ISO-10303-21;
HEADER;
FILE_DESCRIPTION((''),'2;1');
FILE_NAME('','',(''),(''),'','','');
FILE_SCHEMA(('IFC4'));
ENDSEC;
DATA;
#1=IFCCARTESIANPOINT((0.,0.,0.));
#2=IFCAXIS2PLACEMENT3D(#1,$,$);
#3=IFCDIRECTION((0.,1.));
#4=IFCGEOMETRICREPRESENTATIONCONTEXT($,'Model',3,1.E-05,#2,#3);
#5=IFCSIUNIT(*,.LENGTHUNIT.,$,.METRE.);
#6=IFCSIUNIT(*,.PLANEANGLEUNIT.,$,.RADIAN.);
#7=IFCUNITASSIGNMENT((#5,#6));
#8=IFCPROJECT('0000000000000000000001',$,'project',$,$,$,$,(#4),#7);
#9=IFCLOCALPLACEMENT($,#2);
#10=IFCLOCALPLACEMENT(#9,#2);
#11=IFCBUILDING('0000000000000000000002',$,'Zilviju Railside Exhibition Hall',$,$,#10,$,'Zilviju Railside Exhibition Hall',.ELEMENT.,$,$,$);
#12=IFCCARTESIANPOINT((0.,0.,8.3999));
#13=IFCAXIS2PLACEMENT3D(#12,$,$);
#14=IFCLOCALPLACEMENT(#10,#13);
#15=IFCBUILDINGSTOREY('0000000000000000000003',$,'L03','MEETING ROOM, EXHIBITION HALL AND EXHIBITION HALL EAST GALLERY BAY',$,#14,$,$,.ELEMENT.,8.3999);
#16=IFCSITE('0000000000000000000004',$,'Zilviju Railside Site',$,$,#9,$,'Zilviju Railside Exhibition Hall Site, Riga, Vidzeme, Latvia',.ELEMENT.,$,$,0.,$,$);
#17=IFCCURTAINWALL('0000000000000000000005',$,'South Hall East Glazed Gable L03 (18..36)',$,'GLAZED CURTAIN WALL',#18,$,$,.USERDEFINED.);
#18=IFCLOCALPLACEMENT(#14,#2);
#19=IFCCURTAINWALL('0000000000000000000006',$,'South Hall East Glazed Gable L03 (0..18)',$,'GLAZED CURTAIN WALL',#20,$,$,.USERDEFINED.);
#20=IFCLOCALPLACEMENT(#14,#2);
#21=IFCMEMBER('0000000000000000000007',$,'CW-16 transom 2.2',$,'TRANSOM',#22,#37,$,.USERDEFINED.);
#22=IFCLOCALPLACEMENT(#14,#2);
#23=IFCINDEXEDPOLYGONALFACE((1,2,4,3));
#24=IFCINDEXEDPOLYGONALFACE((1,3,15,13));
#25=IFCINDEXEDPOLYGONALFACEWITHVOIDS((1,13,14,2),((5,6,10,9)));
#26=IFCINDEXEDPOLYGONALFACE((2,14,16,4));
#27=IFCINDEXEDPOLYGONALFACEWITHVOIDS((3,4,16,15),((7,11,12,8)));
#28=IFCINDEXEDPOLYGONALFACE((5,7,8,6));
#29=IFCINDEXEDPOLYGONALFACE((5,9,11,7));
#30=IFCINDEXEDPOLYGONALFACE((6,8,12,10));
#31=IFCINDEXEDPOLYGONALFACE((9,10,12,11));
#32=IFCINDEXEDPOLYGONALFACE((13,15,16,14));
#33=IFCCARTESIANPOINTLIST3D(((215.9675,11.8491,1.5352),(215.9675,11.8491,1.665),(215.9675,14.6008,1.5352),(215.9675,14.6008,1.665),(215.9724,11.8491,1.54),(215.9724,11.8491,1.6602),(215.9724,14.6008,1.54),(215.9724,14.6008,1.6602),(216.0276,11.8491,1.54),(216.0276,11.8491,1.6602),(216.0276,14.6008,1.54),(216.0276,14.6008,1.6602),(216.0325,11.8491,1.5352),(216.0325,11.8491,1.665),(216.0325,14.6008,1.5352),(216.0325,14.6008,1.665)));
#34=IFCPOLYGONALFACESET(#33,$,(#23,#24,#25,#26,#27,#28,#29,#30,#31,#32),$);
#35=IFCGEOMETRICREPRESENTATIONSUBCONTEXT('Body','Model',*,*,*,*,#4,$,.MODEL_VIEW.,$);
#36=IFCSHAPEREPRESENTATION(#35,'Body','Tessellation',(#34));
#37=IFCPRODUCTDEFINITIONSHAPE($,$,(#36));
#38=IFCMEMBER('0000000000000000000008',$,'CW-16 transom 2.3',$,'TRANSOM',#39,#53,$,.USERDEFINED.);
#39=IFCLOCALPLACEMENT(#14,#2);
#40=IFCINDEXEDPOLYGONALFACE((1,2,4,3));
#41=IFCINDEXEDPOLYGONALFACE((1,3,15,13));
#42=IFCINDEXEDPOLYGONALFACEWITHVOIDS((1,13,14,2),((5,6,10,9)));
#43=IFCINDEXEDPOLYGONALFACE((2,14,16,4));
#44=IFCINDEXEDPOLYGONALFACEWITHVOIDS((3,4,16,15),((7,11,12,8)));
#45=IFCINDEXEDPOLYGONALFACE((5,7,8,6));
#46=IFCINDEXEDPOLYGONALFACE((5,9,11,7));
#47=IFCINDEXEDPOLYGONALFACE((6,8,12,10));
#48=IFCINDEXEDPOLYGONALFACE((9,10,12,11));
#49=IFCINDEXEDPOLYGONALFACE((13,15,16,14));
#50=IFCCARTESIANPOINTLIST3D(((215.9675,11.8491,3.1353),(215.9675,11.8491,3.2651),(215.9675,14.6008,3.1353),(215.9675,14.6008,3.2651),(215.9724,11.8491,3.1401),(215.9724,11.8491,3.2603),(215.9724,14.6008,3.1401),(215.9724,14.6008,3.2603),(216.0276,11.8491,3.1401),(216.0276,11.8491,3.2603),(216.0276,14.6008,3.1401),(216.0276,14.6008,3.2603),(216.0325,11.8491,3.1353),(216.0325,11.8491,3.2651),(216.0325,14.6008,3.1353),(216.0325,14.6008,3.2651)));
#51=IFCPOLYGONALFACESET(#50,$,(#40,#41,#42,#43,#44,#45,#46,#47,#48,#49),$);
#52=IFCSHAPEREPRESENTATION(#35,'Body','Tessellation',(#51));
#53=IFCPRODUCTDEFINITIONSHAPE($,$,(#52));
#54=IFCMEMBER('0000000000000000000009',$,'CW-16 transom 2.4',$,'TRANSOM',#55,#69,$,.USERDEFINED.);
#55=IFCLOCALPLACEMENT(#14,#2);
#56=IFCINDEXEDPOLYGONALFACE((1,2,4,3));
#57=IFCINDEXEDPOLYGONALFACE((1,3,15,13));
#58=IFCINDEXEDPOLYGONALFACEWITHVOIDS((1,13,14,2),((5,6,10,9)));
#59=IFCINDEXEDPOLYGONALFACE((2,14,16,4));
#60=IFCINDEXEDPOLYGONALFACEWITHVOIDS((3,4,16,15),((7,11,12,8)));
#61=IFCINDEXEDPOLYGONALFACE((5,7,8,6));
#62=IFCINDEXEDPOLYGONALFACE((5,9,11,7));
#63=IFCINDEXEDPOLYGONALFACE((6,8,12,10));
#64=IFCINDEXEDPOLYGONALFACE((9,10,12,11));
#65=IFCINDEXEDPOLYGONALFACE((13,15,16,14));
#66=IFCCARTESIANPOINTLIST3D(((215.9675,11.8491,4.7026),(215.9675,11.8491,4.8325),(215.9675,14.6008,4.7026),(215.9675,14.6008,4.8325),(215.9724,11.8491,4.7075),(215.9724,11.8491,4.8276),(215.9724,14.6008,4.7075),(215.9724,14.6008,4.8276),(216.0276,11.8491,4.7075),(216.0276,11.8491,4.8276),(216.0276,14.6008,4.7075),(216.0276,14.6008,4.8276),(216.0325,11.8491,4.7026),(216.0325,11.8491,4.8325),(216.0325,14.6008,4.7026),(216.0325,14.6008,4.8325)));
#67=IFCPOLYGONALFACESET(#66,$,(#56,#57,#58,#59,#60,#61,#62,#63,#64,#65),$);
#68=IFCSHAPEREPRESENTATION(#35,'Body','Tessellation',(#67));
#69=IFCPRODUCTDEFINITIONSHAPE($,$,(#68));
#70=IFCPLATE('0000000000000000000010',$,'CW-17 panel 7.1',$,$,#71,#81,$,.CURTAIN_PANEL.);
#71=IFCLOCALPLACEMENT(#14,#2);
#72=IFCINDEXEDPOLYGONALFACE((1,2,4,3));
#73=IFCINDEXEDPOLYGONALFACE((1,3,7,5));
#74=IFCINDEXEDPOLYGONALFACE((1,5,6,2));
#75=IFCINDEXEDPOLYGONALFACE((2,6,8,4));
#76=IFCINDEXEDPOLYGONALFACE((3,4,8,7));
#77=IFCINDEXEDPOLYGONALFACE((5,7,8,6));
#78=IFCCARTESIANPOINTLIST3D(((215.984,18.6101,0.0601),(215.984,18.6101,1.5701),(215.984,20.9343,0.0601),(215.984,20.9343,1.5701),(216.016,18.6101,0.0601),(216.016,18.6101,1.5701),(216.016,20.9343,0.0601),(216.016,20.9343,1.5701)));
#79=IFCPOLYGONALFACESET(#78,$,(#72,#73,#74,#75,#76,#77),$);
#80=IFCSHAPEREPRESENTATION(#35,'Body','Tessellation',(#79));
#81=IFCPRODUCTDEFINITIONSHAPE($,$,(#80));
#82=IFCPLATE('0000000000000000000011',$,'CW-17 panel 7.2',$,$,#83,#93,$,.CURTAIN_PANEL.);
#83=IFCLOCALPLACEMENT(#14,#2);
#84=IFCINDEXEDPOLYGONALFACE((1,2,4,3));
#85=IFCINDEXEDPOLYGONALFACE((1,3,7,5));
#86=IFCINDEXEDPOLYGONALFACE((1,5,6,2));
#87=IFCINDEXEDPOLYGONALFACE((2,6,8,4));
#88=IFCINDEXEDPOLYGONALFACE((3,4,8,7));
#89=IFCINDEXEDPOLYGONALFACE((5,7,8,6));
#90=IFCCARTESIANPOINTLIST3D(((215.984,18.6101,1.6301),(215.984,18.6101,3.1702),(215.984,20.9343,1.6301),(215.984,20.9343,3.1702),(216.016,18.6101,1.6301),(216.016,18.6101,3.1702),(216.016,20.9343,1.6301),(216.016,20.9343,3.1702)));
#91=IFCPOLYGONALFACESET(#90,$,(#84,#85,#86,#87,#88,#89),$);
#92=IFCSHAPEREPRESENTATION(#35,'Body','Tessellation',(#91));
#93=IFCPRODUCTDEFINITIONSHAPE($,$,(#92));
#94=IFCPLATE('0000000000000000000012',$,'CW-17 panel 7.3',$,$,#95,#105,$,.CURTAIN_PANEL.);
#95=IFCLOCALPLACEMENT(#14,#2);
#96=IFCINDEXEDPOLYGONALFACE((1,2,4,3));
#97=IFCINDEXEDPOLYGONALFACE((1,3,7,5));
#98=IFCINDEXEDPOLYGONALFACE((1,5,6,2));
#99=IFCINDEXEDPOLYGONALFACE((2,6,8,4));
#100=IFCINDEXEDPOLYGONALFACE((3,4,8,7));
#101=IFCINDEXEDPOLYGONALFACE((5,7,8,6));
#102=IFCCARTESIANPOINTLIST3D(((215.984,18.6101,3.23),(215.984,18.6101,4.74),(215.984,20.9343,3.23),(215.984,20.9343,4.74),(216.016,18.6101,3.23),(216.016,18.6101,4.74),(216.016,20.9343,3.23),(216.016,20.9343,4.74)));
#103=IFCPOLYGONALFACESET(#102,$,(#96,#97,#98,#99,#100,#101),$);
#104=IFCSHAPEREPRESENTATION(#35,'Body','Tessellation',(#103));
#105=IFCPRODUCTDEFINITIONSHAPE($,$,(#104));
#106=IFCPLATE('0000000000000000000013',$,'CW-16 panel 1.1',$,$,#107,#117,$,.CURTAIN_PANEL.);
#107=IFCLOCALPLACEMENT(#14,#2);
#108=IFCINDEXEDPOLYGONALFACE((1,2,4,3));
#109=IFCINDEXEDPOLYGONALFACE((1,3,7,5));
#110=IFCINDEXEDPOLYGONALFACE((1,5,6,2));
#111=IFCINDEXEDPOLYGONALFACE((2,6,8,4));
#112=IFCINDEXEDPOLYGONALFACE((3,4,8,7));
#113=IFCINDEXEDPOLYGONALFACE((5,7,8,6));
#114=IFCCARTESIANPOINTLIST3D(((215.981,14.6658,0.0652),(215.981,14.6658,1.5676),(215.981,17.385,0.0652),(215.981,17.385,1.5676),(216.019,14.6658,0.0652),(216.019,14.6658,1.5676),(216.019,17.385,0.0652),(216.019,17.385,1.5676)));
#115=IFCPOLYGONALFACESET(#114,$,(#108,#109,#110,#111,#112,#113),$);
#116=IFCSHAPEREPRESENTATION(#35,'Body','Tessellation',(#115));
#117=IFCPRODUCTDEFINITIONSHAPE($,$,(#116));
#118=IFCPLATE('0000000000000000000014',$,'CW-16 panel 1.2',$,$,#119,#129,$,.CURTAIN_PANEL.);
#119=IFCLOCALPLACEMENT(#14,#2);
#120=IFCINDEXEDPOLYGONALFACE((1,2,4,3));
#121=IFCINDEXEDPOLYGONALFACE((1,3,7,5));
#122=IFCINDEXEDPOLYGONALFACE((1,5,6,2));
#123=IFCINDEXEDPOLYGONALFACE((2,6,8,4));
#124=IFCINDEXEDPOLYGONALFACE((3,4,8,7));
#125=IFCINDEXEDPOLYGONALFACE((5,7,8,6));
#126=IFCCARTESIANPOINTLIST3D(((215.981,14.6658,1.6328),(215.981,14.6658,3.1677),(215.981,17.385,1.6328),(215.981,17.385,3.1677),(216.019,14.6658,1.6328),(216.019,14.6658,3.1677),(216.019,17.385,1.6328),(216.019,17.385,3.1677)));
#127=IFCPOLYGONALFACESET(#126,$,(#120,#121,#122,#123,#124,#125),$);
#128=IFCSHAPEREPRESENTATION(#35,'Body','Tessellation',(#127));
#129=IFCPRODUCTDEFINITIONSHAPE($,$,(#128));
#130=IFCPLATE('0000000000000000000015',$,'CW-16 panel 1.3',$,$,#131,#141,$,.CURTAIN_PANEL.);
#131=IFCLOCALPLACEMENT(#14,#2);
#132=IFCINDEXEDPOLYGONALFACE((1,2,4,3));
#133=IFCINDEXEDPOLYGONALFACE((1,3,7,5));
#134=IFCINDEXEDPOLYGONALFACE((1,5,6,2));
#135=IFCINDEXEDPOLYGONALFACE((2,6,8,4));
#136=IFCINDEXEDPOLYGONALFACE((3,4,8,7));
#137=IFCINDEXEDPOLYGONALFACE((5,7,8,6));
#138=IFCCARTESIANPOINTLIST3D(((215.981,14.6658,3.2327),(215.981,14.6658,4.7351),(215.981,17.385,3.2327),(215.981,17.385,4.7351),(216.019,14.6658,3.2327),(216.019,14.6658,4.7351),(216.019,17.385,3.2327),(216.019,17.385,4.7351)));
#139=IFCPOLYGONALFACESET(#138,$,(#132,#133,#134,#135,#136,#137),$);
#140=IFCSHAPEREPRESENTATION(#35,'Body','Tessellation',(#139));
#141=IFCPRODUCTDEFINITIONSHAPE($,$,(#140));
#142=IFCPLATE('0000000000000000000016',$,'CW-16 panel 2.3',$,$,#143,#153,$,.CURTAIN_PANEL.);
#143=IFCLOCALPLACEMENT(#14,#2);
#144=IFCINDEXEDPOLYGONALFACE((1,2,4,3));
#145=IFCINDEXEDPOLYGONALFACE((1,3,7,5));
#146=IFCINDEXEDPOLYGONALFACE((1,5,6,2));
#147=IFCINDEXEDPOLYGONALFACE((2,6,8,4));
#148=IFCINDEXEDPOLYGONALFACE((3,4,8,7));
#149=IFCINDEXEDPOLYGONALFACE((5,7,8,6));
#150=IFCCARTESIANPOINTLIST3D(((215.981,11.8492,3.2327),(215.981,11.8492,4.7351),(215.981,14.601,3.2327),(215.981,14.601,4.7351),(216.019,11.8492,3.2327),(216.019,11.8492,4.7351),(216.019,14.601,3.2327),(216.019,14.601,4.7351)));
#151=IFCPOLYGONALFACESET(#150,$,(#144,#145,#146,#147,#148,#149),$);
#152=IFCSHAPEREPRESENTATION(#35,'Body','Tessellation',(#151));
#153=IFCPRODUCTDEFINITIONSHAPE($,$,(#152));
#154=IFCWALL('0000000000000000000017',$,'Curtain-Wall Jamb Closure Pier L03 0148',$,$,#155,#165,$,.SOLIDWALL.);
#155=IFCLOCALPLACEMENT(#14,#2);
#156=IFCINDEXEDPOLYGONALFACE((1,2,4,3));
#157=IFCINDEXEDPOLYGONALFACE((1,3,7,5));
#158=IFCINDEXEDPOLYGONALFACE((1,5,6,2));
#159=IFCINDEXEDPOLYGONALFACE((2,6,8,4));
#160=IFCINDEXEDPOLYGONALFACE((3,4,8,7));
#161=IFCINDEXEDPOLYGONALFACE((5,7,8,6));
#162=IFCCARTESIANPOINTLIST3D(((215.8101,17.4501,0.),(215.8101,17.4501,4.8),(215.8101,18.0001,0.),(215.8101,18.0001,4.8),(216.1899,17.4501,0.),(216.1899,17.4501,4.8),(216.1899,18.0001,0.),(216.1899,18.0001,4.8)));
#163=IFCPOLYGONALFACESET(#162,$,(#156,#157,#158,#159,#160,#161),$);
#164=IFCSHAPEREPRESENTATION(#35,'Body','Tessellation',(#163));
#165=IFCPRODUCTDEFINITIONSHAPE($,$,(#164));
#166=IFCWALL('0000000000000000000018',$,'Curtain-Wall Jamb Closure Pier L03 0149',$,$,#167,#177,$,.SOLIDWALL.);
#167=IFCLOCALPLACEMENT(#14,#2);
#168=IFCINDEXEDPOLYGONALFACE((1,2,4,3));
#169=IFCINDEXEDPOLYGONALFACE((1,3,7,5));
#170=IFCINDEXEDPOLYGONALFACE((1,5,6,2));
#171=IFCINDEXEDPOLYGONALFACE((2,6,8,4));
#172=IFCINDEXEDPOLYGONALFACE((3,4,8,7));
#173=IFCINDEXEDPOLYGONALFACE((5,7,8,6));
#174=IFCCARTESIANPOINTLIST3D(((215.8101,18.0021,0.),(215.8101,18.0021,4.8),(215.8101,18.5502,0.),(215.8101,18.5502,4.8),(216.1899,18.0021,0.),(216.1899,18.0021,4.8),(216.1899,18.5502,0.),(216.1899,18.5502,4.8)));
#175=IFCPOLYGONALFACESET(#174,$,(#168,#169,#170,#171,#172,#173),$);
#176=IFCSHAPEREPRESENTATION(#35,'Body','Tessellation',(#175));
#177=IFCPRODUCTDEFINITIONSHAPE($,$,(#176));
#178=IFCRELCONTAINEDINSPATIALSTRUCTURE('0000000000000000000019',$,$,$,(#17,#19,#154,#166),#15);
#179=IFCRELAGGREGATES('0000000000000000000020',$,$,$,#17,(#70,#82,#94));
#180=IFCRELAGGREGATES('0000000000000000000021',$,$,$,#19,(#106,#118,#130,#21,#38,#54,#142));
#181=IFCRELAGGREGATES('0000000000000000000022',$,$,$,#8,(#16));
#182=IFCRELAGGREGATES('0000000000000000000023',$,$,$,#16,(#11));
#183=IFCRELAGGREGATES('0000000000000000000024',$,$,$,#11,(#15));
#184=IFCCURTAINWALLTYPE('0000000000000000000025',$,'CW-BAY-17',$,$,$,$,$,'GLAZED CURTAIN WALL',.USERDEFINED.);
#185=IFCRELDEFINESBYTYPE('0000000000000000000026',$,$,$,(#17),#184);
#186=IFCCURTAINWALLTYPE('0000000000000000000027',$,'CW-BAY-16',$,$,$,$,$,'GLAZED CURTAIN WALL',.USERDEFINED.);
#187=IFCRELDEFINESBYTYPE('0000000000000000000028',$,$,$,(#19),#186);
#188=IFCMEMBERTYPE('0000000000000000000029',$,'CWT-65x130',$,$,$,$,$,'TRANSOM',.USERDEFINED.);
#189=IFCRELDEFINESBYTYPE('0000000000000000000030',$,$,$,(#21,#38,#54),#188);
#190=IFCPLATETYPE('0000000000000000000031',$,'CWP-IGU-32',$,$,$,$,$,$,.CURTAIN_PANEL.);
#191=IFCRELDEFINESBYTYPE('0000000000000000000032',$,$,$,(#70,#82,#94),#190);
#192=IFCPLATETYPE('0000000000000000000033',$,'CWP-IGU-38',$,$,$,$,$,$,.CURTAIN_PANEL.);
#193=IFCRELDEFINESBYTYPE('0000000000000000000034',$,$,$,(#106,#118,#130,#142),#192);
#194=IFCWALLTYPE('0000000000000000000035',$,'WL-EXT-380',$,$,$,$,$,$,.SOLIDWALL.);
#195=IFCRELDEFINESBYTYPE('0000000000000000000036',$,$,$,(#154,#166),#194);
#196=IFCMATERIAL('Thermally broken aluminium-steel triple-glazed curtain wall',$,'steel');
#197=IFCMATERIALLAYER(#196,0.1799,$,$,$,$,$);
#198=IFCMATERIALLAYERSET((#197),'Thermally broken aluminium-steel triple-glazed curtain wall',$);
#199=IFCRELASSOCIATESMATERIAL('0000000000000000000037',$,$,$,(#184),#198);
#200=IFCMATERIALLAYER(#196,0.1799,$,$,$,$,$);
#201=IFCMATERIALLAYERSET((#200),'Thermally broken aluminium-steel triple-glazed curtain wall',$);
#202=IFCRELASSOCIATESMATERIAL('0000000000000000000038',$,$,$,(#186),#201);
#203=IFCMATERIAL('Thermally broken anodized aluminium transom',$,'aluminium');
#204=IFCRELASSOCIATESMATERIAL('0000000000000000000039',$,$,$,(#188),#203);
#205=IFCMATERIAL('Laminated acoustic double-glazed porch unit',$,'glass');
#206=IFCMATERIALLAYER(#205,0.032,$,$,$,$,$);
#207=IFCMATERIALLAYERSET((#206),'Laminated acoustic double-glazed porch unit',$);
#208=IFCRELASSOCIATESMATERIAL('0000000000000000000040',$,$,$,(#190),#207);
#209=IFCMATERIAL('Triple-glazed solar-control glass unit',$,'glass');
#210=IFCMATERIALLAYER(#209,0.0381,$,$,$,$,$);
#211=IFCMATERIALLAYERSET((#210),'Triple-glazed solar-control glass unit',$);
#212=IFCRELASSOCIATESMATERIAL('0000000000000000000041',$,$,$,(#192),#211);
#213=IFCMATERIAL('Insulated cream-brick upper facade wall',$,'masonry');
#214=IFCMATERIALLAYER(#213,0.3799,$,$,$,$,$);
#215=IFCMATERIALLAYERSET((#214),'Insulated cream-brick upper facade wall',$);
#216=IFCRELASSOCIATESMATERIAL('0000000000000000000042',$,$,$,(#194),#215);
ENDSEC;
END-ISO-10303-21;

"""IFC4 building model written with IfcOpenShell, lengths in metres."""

from ifc_helpers import new_model, si_unit, direction, frame, frame_2d, origin, origin_2d, place, context, subcontext, project, spatial, rectangle, hollow_rectangle, extrude, material, layer, layer_set, material_profile, profile_set, type_object, element, aggregate, save


model = new_model("IFC4")

# Units and contexts
model_context = context("Model", 3, precision=1e-05, world=origin(), true_north=direction((0.0, 1.0)))
body_context = subcontext(model_context, "Body", "Model", "MODEL_VIEW")
ifc_project = project(units=[si_unit("LENGTHUNIT", "METRE"), si_unit("PLANEANGLEUNIT", "RADIAN")], contexts=[model_context])

# Site, building, storey
site_placement = place(None, origin())
site = spatial("IfcSite", under=ifc_project, at=site_placement, Name="Zilviju Railside Site", LongName="Zilviju Railside Exhibition Hall Site, Riga, Vidzeme, Latvia", CompositionType="ELEMENT", RefElevation=0.0)
building_placement = place(site_placement, origin())
building = spatial("IfcBuilding", under=site, at=building_placement, Name="Zilviju Railside Exhibition Hall", LongName="Zilviju Railside Exhibition Hall", CompositionType="ELEMENT")
storey_placement = place(building_placement, frame((0.0, 0.0, 8.3999)))
storey = spatial("IfcBuildingStorey", under=building, at=storey_placement, Name="L03", Description="MEETING ROOM, EXHIBITION HALL AND EXHIBITION HALL EAST GALLERY BAY", CompositionType="ELEMENT", Elevation=8.3999)

# Curtain wall
ifc_material_1 = material(Name="Thermally broken aluminium-steel triple-glazed curtain wall", Category="steel")
ifc_layer_1 = layer(ifc_material_1, 0.1799)
ifc_layer_set_1 = layer_set([ifc_layer_1], Name="Thermally broken aluminium-steel triple-glazed curtain wall")
curtain_wall_type_1 = type_object("IfcCurtainWallType", Name="CW-BAY-17", ElementType="GLAZED CURTAIN WALL", PredefinedType="USERDEFINED", material=ifc_layer_set_1)
curtain_wall_1_placement = place(storey_placement, origin())
curtain_wall_1 = element("IfcCurtainWall", 1, at=curtain_wall_1_placement, inside=storey, type_object=curtain_wall_type_1, Name="South Hall East Glazed Gable L03 (18..36)", ObjectType="GLAZED CURTAIN WALL", PredefinedType="USERDEFINED")

# Curtain wall
ifc_layer_2 = layer(ifc_material_1, 0.1799)
ifc_layer_set_2 = layer_set([ifc_layer_2], Name="Thermally broken aluminium-steel triple-glazed curtain wall")
curtain_wall_type_2 = type_object("IfcCurtainWallType", Name="CW-BAY-16", ElementType="GLAZED CURTAIN WALL", PredefinedType="USERDEFINED", material=ifc_layer_set_2)
curtain_wall_2_placement = place(storey_placement, origin())
curtain_wall_2 = element("IfcCurtainWall", 2, at=curtain_wall_2_placement, inside=storey, type_object=curtain_wall_type_2, Name="South Hall East Glazed Gable L03 (0..18)", ObjectType="GLAZED CURTAIN WALL", PredefinedType="USERDEFINED")

# Members
ifc_material_2 = material(Name="Thermally broken anodized aluminium transom", Category="aluminium")
ifc_material_profile_1 = material_profile(ifc_material_2, hollow_rectangle(XDim=0.0649, YDim=0.1299, WallThickness=0.0049, at=origin_2d()), Name="TRANSOM 130x65x5")
ifc_profile_set_1 = profile_set([ifc_material_profile_1], Name="Thermally broken anodized aluminium transom")
member_type_1 = type_object("IfcMemberType", Name="CWT-65x130", ElementType="TRANSOM", PredefinedType="USERDEFINED", material=ifc_profile_set_1)
member_1_placement = place(storey_placement, frame((216.0, 14.6008, 1.6001), z_axis=(0.0, -1.0, 0.0), x_axis=(1.0, 0.0, 0.0)))
member_1 = element("IfcMember", 3, at=member_1_placement, type_object=member_type_1, Name="CW-16 transom 2.2", ObjectType="TRANSOM", PredefinedType="USERDEFINED", context=body_context, shape_type="SweptSolid", body=[
    extrude(hollow_rectangle(XDim=0.0649, YDim=0.1299, WallThickness=0.0049, at=origin_2d()), origin(), (0.0, 0.0, 1.0), 2.7517),
])
member_2_placement = place(storey_placement, frame((216.0, 14.6008, 3.2002), z_axis=(0.0, -1.0, 0.0), x_axis=(1.0, 0.0, 0.0)))
member_2 = element("IfcMember", 4, at=member_2_placement, type_object=member_type_1, Name="CW-16 transom 2.3", ObjectType="TRANSOM", PredefinedType="USERDEFINED", context=body_context, shape_type="SweptSolid", body=[
    extrude(hollow_rectangle(XDim=0.0649, YDim=0.1299, WallThickness=0.0049, at=origin_2d()), origin(), (0.0, 0.0, 1.0), 2.7517),
])
member_3_placement = place(storey_placement, frame((216.0, 14.6008, 4.7676), z_axis=(0.0, -1.0, 0.0), x_axis=(1.0, 0.0, 0.0)))
member_3 = element("IfcMember", 5, at=member_3_placement, type_object=member_type_1, Name="CW-16 transom 2.4", ObjectType="TRANSOM", PredefinedType="USERDEFINED", context=body_context, shape_type="SweptSolid", body=[
    extrude(hollow_rectangle(XDim=0.0649, YDim=0.1299, WallThickness=0.0049, at=origin_2d()), origin(), (0.0, 0.0, 1.0), 2.7517),
])

# Plates
ifc_material_3 = material(Name="Laminated acoustic double-glazed porch unit", Category="glass")
ifc_layer_3 = layer(ifc_material_3, 0.032)
ifc_layer_set_3 = layer_set([ifc_layer_3], Name="Laminated acoustic double-glazed porch unit")
plate_type_1 = type_object("IfcPlateType", Name="CWP-IGU-32", PredefinedType="CURTAIN_PANEL", material=ifc_layer_set_3)
plate_1_placement = place(storey_placement, frame((216.0, 19.7722, 0.0601), z_axis=(0.0, 0.0, 1.0), x_axis=(0.0, -1.0, 0.0)))
plate_1 = element("IfcPlate", 6, at=plate_1_placement, type_object=plate_type_1, Name="CW-17 panel 7.1", PredefinedType="CURTAIN_PANEL", context=body_context, shape_type="SweptSolid", body=[
    extrude(rectangle(XDim=2.3242, YDim=0.032, at=origin_2d()), origin(), (0.0, 0.0, 1.0), 1.51),
])
plate_2_placement = place(storey_placement, frame((216.0, 19.7722, 1.6301), z_axis=(0.0, 0.0, 1.0), x_axis=(0.0, -1.0, 0.0)))
plate_2 = element("IfcPlate", 7, at=plate_2_placement, type_object=plate_type_1, Name="CW-17 panel 7.2", PredefinedType="CURTAIN_PANEL", context=body_context, shape_type="SweptSolid", body=[
    extrude(rectangle(XDim=2.3242, YDim=0.032, at=origin_2d()), origin(), (0.0, 0.0, 1.0), 1.54),
])
plate_3_placement = place(storey_placement, frame((216.0, 19.7722, 3.23), z_axis=(0.0, 0.0, 1.0), x_axis=(0.0, -1.0, 0.0)))
plate_3 = element("IfcPlate", 8, at=plate_3_placement, type_object=plate_type_1, Name="CW-17 panel 7.3", PredefinedType="CURTAIN_PANEL", context=body_context, shape_type="SweptSolid", body=[
    extrude(rectangle(XDim=2.3242, YDim=0.032, at=origin_2d()), origin(), (0.0, 0.0, 1.0), 1.51),
])
aggregate(curtain_wall_1, [plate_1, plate_2, plate_3])
ifc_material_4 = material(Name="Triple-glazed solar-control glass unit", Category="glass")
ifc_layer_4 = layer(ifc_material_4, 0.0381)
ifc_layer_set_4 = layer_set([ifc_layer_4], Name="Triple-glazed solar-control glass unit")
plate_type_2 = type_object("IfcPlateType", Name="CWP-IGU-38", PredefinedType="CURTAIN_PANEL", material=ifc_layer_set_4)
plate_4_placement = place(storey_placement, frame((216.0, 16.0254, 0.0652), z_axis=(0.0, 0.0, 1.0), x_axis=(0.0, -1.0, 0.0)))
plate_4 = element("IfcPlate", 9, at=plate_4_placement, type_object=plate_type_2, Name="CW-16 panel 1.1", PredefinedType="CURTAIN_PANEL", context=body_context, shape_type="SweptSolid", body=[
    extrude(rectangle(XDim=2.7192, YDim=0.0381, at=origin_2d()), origin(), (0.0, 0.0, 1.0), 1.5024),
])
plate_5_placement = place(storey_placement, frame((216.0, 16.0254, 1.6328), z_axis=(0.0, 0.0, 1.0), x_axis=(0.0, -1.0, 0.0)))
plate_5 = element("IfcPlate", 10, at=plate_5_placement, type_object=plate_type_2, Name="CW-16 panel 1.2", PredefinedType="CURTAIN_PANEL", context=body_context, shape_type="SweptSolid", body=[
    extrude(rectangle(XDim=2.7192, YDim=0.0381, at=origin_2d()), origin(), (0.0, 0.0, 1.0), 1.5349),
])
plate_6_placement = place(storey_placement, frame((216.0, 16.0254, 3.2327), z_axis=(0.0, 0.0, 1.0), x_axis=(0.0, -1.0, 0.0)))
plate_6 = element("IfcPlate", 11, at=plate_6_placement, type_object=plate_type_2, Name="CW-16 panel 1.3", PredefinedType="CURTAIN_PANEL", context=body_context, shape_type="SweptSolid", body=[
    extrude(rectangle(XDim=2.7192, YDim=0.0381, at=origin_2d()), origin(), (0.0, 0.0, 1.0), 1.5024),
])
plate_7_placement = place(storey_placement, frame((216.0, 13.2251, 3.2327), z_axis=(0.0, 0.0, 1.0), x_axis=(0.0, -1.0, 0.0)))
plate_7 = element("IfcPlate", 12, at=plate_7_placement, type_object=plate_type_2, Name="CW-16 panel 2.3", PredefinedType="CURTAIN_PANEL", context=body_context, shape_type="SweptSolid", body=[
    extrude(rectangle(XDim=2.7517, YDim=0.0381, at=origin_2d()), origin(), (0.0, 0.0, 1.0), 1.5024),
])
aggregate(curtain_wall_2, [plate_4, plate_5, plate_6, member_1, member_2, member_3, plate_7])

# Walls
ifc_material_5 = material(Name="Insulated cream-brick upper facade wall", Category="masonry")
ifc_layer_5 = layer(ifc_material_5, 0.3799)
ifc_layer_set_5 = layer_set([ifc_layer_5], Name="Insulated cream-brick upper facade wall")
wall_type = type_object("IfcWallType", Name="WL-EXT-380", PredefinedType="SOLIDWALL", material=ifc_layer_set_5)
wall_1_placement = place(storey_placement, frame((216.0, 18.0, 0.0), z_axis=(0.0, 0.0, 1.0), x_axis=(0.0, -1.0, 0.0)))
element("IfcWall", 13, at=wall_1_placement, inside=storey, type_object=wall_type, Name="Curtain-Wall Jamb Closure Pier L03 0148", PredefinedType="SOLIDWALL", context=body_context, shape_type="SweptSolid", body=[
    extrude(rectangle(XDim=0.55, YDim=0.3799, at=frame_2d((0.2749, 0.0))), origin(), (0.0, 0.0, 1.0), 4.8),
])
wall_2_placement = place(storey_placement, frame((216.0, 18.55, 0.0), z_axis=(0.0, 0.0, 1.0), x_axis=(0.0, -1.0, 0.0)))
element("IfcWall", 14, at=wall_2_placement, inside=storey, type_object=wall_type, Name="Curtain-Wall Jamb Closure Pier L03 0149", PredefinedType="SOLIDWALL", context=body_context, shape_type="SweptSolid", body=[
    extrude(rectangle(XDim=0.5481, YDim=0.3799, at=frame_2d((0.2739, 0.0))), origin(), (0.0, 0.0, 1.0), 4.8),
])

save(model, "model.ifc")
